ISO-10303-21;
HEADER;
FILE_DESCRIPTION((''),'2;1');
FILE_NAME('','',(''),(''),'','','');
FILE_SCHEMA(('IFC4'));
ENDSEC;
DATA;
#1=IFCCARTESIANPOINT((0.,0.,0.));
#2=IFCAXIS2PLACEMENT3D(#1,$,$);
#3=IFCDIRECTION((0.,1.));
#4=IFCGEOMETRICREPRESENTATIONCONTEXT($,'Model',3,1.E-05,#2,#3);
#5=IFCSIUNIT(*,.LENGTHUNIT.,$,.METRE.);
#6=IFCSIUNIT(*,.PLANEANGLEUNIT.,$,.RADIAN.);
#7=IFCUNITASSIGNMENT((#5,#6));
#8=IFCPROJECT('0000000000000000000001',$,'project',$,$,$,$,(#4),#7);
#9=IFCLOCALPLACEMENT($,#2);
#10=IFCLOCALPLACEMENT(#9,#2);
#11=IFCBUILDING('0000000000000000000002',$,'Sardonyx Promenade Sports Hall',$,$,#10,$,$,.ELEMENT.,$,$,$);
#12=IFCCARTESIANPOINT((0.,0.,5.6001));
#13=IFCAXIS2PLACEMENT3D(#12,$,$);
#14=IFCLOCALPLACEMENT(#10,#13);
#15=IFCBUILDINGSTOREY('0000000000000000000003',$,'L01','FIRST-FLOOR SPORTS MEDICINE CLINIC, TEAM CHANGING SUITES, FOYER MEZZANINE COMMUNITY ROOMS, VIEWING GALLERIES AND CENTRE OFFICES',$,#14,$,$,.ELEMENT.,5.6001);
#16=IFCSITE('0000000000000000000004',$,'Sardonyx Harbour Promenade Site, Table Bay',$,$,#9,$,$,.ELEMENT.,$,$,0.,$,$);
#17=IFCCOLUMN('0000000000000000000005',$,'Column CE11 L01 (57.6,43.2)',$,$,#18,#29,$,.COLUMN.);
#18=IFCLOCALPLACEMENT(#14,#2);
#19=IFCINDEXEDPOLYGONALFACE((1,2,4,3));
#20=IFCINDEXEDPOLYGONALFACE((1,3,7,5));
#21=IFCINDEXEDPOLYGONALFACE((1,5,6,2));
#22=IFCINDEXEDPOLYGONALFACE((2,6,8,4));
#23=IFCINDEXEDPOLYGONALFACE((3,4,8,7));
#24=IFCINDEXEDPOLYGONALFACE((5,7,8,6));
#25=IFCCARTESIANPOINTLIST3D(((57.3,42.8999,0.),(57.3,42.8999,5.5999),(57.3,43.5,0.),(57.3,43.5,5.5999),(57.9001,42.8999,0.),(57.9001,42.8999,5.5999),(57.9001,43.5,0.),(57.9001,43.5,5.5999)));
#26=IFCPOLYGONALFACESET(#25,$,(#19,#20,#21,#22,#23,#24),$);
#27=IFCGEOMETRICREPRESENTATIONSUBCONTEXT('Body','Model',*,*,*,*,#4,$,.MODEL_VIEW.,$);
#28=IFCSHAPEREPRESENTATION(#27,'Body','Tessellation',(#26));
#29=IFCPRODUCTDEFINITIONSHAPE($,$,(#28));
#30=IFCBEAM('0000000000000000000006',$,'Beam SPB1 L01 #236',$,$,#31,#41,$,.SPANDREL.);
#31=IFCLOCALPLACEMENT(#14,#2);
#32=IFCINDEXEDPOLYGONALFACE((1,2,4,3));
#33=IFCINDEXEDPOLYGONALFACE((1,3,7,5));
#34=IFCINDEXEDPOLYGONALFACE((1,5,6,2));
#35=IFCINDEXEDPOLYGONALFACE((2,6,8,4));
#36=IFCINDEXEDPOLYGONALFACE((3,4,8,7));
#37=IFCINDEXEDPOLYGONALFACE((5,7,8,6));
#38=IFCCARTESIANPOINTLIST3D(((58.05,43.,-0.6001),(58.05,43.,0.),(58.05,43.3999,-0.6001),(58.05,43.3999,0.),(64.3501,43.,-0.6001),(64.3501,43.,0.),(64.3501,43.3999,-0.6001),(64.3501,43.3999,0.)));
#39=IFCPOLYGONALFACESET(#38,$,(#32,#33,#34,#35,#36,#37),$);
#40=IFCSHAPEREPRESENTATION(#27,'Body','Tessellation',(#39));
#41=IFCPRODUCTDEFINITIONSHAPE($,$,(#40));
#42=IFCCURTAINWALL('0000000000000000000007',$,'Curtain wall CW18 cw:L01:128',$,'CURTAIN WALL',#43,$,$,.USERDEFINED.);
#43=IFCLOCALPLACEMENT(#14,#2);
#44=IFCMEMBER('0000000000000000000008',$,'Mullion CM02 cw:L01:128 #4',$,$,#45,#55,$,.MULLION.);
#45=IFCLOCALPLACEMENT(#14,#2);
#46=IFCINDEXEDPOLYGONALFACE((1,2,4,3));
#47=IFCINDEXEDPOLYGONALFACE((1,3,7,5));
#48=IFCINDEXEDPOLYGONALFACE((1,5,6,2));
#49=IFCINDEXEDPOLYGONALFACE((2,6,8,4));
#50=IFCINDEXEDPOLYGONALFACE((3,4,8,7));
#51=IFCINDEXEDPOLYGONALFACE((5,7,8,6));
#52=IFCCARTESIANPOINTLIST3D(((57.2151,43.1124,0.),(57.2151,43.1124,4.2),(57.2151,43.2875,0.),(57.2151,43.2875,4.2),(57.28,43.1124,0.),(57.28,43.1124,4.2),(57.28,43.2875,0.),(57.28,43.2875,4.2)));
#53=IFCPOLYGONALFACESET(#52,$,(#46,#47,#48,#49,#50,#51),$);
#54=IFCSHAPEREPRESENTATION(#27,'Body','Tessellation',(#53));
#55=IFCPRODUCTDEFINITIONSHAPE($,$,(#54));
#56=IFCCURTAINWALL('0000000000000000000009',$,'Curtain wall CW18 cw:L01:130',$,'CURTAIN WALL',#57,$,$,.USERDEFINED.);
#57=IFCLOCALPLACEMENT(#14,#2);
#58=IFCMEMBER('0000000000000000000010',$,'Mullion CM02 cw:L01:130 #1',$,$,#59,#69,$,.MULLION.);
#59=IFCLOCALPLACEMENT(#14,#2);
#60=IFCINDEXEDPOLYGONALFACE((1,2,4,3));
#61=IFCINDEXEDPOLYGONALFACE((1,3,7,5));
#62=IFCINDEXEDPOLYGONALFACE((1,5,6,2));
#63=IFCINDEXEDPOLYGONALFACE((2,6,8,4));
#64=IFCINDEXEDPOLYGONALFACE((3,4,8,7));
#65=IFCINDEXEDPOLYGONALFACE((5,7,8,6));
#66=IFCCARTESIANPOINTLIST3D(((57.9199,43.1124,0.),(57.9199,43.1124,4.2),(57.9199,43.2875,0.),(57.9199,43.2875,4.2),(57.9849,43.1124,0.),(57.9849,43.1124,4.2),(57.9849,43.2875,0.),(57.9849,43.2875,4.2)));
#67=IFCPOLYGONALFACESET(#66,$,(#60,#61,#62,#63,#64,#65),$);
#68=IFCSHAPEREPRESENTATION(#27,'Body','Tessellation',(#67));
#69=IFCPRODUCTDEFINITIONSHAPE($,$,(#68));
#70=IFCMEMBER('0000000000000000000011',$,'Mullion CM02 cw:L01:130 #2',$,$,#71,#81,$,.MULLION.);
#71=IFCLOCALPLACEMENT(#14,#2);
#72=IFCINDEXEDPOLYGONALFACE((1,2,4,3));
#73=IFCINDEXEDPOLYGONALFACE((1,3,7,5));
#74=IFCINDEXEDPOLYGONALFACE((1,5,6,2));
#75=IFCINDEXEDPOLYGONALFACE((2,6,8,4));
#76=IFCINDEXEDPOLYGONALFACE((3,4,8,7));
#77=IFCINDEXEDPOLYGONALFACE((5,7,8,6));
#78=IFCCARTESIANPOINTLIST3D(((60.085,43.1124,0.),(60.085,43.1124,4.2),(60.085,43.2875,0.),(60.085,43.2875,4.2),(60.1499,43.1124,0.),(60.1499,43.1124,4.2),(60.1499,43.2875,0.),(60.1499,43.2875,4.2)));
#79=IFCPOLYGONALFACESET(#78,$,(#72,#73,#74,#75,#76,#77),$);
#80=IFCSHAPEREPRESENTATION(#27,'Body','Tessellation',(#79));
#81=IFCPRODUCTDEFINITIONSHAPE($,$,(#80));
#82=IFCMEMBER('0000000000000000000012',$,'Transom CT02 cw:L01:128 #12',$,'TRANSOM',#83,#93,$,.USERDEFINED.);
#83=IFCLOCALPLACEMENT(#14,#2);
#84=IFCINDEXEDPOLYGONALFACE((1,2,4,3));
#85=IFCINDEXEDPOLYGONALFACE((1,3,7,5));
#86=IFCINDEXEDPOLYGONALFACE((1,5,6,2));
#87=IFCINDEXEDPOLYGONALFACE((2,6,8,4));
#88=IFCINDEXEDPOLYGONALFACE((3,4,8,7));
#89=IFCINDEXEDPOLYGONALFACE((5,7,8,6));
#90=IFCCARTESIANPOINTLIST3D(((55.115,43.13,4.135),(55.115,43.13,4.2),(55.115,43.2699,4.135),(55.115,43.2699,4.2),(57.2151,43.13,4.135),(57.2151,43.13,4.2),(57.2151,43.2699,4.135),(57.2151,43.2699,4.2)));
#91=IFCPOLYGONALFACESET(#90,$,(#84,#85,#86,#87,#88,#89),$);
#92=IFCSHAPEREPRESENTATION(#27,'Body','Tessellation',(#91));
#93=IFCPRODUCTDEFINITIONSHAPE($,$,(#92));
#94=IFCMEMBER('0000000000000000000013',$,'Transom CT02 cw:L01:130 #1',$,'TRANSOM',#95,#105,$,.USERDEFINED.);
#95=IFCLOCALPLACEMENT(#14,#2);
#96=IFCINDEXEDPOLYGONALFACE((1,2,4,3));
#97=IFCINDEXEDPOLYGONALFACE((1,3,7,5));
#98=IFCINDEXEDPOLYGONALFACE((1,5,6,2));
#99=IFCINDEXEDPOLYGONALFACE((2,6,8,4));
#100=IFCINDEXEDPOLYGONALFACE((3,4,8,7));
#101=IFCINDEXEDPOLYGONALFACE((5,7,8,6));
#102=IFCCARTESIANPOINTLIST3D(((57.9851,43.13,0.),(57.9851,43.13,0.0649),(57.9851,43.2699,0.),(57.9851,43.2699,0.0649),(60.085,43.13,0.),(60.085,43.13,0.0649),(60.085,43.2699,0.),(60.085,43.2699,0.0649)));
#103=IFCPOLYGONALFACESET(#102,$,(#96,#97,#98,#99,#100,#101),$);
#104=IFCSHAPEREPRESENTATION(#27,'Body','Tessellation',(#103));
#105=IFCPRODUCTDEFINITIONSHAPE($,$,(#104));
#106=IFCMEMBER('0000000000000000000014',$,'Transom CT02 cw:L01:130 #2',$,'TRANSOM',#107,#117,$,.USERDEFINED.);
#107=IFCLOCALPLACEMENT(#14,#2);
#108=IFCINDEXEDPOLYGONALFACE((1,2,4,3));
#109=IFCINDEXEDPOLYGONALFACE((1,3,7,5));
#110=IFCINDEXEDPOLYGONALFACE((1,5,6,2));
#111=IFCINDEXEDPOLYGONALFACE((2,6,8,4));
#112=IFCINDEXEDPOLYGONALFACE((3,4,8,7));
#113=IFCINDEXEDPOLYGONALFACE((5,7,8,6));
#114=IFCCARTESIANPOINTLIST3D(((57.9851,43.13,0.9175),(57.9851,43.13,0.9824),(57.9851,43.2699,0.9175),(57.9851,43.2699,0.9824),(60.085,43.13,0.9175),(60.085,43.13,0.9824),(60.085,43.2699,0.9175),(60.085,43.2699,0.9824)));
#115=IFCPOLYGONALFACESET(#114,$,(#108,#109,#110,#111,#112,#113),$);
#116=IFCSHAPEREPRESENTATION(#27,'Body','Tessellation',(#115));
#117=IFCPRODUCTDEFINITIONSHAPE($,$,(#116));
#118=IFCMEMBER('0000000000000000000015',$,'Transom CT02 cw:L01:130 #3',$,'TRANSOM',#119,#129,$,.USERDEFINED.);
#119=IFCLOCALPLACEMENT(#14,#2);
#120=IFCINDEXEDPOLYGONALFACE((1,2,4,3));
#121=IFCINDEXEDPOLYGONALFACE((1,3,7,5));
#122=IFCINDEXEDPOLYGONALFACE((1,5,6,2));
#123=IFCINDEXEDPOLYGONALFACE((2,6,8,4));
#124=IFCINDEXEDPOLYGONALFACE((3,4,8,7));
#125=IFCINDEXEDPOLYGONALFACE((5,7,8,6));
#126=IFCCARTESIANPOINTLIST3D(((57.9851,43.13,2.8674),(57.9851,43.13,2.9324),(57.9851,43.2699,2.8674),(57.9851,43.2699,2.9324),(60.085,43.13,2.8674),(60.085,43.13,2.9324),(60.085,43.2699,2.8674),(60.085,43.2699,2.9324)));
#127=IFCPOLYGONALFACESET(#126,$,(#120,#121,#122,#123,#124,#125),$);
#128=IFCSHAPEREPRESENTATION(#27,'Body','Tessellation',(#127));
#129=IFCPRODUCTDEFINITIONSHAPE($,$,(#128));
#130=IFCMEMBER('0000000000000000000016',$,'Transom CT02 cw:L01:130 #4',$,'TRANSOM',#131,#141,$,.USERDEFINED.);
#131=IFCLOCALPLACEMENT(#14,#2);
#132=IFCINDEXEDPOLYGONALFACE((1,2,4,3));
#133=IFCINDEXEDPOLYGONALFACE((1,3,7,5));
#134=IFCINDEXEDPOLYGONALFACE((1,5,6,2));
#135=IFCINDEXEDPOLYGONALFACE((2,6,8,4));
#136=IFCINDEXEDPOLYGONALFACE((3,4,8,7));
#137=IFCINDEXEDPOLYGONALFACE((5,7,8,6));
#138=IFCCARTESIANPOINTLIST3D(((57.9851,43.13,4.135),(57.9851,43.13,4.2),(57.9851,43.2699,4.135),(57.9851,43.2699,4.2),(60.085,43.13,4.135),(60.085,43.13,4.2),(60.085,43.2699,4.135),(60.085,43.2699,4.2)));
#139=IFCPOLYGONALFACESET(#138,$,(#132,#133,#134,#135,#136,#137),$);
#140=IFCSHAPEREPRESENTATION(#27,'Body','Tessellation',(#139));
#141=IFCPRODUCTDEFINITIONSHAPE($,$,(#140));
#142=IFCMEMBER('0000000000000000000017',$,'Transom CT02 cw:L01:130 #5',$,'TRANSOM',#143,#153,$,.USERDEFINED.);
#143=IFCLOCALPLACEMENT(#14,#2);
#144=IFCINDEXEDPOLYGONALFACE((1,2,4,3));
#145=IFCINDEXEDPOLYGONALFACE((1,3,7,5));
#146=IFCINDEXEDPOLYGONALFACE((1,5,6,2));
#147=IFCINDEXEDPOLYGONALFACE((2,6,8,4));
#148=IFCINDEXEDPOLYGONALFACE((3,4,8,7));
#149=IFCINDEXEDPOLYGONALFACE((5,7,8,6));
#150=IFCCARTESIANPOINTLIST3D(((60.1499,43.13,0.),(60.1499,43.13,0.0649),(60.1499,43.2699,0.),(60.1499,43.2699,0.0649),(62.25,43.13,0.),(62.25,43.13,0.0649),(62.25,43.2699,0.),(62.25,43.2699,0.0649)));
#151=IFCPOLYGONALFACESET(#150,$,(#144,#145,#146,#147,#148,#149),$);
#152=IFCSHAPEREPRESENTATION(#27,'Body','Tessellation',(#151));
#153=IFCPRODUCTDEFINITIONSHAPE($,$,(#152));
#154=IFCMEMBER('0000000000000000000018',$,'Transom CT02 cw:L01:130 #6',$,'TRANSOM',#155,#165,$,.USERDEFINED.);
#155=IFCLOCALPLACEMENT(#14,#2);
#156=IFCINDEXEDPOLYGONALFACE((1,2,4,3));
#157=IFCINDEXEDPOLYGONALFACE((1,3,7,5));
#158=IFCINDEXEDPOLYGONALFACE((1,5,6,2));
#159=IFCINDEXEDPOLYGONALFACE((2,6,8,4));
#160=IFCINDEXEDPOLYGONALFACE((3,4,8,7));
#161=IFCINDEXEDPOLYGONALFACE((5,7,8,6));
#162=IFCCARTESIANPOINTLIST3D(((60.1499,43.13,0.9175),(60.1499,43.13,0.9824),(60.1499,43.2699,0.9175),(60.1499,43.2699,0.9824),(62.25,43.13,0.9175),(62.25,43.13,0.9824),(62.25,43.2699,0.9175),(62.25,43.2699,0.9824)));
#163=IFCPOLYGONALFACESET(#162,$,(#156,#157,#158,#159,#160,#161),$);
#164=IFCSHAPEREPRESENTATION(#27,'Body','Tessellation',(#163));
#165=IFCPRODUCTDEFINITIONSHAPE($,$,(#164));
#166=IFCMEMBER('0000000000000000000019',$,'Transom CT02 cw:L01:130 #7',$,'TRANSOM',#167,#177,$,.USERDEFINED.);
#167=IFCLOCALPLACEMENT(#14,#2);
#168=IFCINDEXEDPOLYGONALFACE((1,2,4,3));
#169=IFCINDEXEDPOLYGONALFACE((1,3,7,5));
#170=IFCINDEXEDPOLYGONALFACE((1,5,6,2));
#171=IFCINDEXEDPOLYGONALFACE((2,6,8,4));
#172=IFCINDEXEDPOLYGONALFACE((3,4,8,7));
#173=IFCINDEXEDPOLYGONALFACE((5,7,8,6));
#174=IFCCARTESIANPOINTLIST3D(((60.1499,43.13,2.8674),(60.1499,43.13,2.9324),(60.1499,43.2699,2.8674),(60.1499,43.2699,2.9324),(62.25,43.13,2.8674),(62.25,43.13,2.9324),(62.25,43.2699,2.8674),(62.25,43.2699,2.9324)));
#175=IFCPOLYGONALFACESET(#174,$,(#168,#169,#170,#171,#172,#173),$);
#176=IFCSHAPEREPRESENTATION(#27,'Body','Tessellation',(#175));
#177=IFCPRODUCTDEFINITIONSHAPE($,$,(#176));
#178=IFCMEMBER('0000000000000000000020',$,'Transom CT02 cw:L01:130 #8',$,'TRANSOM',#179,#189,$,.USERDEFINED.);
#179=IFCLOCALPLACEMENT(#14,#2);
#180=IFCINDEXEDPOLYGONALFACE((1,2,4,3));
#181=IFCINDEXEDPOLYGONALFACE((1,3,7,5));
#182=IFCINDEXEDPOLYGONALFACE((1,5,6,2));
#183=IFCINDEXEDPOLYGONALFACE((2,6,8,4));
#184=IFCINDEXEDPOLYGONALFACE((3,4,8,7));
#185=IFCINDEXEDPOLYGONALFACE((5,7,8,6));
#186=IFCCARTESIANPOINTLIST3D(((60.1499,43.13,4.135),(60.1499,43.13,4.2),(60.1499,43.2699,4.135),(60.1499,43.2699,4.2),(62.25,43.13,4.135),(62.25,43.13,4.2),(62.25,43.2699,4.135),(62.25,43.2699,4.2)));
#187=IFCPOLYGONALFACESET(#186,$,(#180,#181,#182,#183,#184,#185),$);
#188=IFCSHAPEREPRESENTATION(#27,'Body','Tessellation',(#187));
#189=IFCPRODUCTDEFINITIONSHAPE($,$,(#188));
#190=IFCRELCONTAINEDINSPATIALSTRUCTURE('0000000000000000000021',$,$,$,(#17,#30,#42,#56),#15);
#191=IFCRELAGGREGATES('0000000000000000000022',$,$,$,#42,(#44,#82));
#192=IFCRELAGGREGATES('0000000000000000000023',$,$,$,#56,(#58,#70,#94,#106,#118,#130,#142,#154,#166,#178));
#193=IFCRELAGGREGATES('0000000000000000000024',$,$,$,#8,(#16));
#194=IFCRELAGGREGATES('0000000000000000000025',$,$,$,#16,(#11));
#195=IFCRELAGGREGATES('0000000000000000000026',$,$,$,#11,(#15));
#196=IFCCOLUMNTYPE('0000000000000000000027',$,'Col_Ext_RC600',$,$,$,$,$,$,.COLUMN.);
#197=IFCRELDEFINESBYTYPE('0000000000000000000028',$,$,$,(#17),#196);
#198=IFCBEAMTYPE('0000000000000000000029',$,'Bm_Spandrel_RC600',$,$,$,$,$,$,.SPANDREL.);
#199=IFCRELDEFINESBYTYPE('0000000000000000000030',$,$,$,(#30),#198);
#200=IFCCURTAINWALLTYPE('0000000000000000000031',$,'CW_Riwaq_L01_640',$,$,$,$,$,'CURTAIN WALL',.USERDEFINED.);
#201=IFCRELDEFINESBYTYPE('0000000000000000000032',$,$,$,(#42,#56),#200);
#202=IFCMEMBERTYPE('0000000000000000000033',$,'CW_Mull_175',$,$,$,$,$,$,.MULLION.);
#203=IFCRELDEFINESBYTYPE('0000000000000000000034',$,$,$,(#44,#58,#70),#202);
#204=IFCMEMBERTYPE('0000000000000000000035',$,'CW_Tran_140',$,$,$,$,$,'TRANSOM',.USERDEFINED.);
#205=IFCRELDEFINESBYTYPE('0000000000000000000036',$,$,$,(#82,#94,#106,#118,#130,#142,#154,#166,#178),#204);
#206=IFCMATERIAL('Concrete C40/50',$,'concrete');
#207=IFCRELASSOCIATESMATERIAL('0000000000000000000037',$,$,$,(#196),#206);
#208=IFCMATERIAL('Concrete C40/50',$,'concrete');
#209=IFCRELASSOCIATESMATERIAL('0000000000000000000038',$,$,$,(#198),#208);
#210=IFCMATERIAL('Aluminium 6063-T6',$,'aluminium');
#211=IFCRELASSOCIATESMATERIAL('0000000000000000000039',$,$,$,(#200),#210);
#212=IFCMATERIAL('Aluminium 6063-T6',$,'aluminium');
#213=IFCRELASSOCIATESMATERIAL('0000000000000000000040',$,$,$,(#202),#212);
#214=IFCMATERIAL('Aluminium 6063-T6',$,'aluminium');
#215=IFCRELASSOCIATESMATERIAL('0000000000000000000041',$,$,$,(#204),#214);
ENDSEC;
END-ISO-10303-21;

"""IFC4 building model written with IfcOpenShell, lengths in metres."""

from ifc_helpers import new_model, si_unit, direction, frame, origin, origin_2d, place, context, subcontext, project, spatial, rectangle, extrude, material, material_profile, profile_set, type_object, element, aggregate, save


model = new_model("IFC4")

# Units and contexts
model_context = context("Model", 3, precision=1e-05, world=origin(), true_north=direction((0.0, 1.0)))
body_context = subcontext(model_context, "Body", "Model", "MODEL_VIEW")
ifc_project = project(units=[si_unit("LENGTHUNIT", "METRE"), si_unit("PLANEANGLEUNIT", "RADIAN")], contexts=[model_context])

# Site, building, storey
site_placement = place(None, origin())
site = spatial("IfcSite", under=ifc_project, at=site_placement, Name="Sardonyx Harbour Promenade Site, Table Bay", CompositionType="ELEMENT", RefElevation=0.0)
building_placement = place(site_placement, origin())
building = spatial("IfcBuilding", under=site, at=building_placement, Name="Sardonyx Promenade Sports Hall", CompositionType="ELEMENT")
storey_placement = place(building_placement, frame((0.0, 0.0, 5.6001)))
storey = spatial("IfcBuildingStorey", under=building, at=storey_placement, Name="L01", Description="FIRST-FLOOR SPORTS MEDICINE CLINIC, TEAM CHANGING SUITES, FOYER MEZZANINE COMMUNITY ROOMS, VIEWING GALLERIES AND CENTRE OFFICES", CompositionType="ELEMENT", Elevation=5.6001)

# Column
ifc_material_1 = material(Name="Concrete C40/50", Category="concrete")
ifc_material_profile_1 = material_profile(ifc_material_1, rectangle(XDim=0.6001, YDim=0.6001, at=origin_2d()))
ifc_profile_set_1 = profile_set([ifc_material_profile_1], Name="Concrete C40/50")
column_type = type_object("IfcColumnType", Name="Col_Ext_RC600", PredefinedType="COLUMN", material=ifc_profile_set_1)
column_placement = place(storey_placement, frame((57.6001, 43.2, 0.0), z_axis=(0.0, 0.0, 1.0), x_axis=(1.0, 0.0, 0.0)))
element("IfcColumn", 1, at=column_placement, inside=storey, type_object=column_type, Name="Column CE11 L01 (57.6,43.2)", PredefinedType="COLUMN", context=body_context, shape_type="SweptSolid", body=[
    extrude(rectangle(XDim=0.6001, YDim=0.6001, at=origin_2d()), origin(), (0.0, 0.0, 1.0), 5.5999),
])

# Beam
ifc_material_2 = material(Name="Concrete C40/50", Category="concrete")
ifc_material_profile_2 = material_profile(ifc_material_2, rectangle(XDim=0.3999, YDim=0.6001, at=origin_2d()))
ifc_profile_set_2 = profile_set([ifc_material_profile_2], Name="Concrete C40/50")
beam_type = type_object("IfcBeamType", Name="Bm_Spandrel_RC600", PredefinedType="SPANDREL", material=ifc_profile_set_2)
beam_placement = place(storey_placement, frame((58.05, 43.2, -0.3), z_axis=(1.0, 0.0, 0.0), x_axis=(0.0, 1.0, 0.0)))
element("IfcBeam", 2, at=beam_placement, inside=storey, type_object=beam_type, Name="Beam SPB1 L01 #236", PredefinedType="SPANDREL", context=body_context, shape_type="SweptSolid", body=[
    extrude(rectangle(XDim=0.3999, YDim=0.6001, at=origin_2d()), origin(), (0.0, 0.0, 1.0), 6.3),
])

# Curtain wall, member
ifc_material_3 = material(Name="Aluminium 6063-T6", Category="aluminium")
curtain_wall_type = type_object("IfcCurtainWallType", Name="CW_Riwaq_L01_640", ElementType="CURTAIN WALL", PredefinedType="USERDEFINED", material=ifc_material_3)
curtain_wall_1_placement = place(storey_placement, origin())
curtain_wall_1 = element("IfcCurtainWall", 3, at=curtain_wall_1_placement, inside=storey, type_object=curtain_wall_type, Name="Curtain wall CW18 cw:L01:128", ObjectType="CURTAIN WALL", PredefinedType="USERDEFINED")
ifc_material_4 = material(Name="Aluminium 6063-T6", Category="aluminium")
ifc_material_profile_3 = material_profile(ifc_material_4, rectangle(XDim=0.0649, YDim=0.175, at=origin_2d()))
ifc_profile_set_3 = profile_set([ifc_material_profile_3], Name="Aluminium 6063-T6")
member_type_1 = type_object("IfcMemberType", Name="CW_Mull_175", PredefinedType="MULLION", material=ifc_profile_set_3)
member_1_placement = place(storey_placement, frame((57.2476, 43.2, 0.0), z_axis=(0.0, 0.0, 1.0), x_axis=(1.0, 0.0, 0.0)))
member_1 = element("IfcMember", 4, at=member_1_placement, type_object=member_type_1, Name="Mullion CM02 cw:L01:128 #4", PredefinedType="MULLION", context=body_context, shape_type="SweptSolid", body=[
    extrude(rectangle(XDim=0.0649, YDim=0.175, at=origin_2d()), origin(), (0.0, 0.0, 1.0), 4.2),
])

# Curtain wall, members
curtain_wall_2_placement = place(storey_placement, origin())
curtain_wall_2 = element("IfcCurtainWall", 5, at=curtain_wall_2_placement, inside=storey, type_object=curtain_wall_type, Name="Curtain wall CW18 cw:L01:130", ObjectType="CURTAIN WALL", PredefinedType="USERDEFINED")
member_2_placement = place(storey_placement, frame((57.9524, 43.2, 0.0), z_axis=(0.0, 0.0, 1.0), x_axis=(1.0, 0.0, 0.0)))
member_2 = element("IfcMember", 6, at=member_2_placement, type_object=member_type_1, Name="Mullion CM02 cw:L01:130 #1", PredefinedType="MULLION", context=body_context, shape_type="SweptSolid", body=[
    extrude(rectangle(XDim=0.0649, YDim=0.175, at=origin_2d()), origin(), (0.0, 0.0, 1.0), 4.2),
])
member_3_placement = place(storey_placement, frame((60.1174, 43.2, 0.0), z_axis=(0.0, 0.0, 1.0), x_axis=(1.0, 0.0, 0.0)))
member_3 = element("IfcMember", 7, at=member_3_placement, type_object=member_type_1, Name="Mullion CM02 cw:L01:130 #2", PredefinedType="MULLION", context=body_context, shape_type="SweptSolid", body=[
    extrude(rectangle(XDim=0.0649, YDim=0.175, at=origin_2d()), origin(), (0.0, 0.0, 1.0), 4.2),
])

# Members
ifc_material_5 = material(Name="Aluminium 6063-T6", Category="aluminium")
ifc_material_profile_4 = material_profile(ifc_material_5, rectangle(XDim=0.0649, YDim=0.1399, at=origin_2d()))
ifc_profile_set_4 = profile_set([ifc_material_profile_4], Name="Aluminium 6063-T6")
member_type_2 = type_object("IfcMemberType", Name="CW_Tran_140", ElementType="TRANSOM", PredefinedType="USERDEFINED", material=ifc_profile_set_4)
member_4_placement = place(storey_placement, frame((55.115, 43.2, 4.1675), z_axis=(1.0, 0.0, 0.0), x_axis=(0.0, 0.0, 1.0)))
member_4 = element("IfcMember", 8, at=member_4_placement, type_object=member_type_2, Name="Transom CT02 cw:L01:128 #12", ObjectType="TRANSOM", PredefinedType="USERDEFINED", context=body_context, shape_type="SweptSolid", body=[
    extrude(rectangle(XDim=0.0649, YDim=0.1399, at=origin_2d()), origin(), (0.0, 0.0, 1.0), 2.1001),
])
member_5_placement = place(storey_placement, frame((57.9851, 43.2, 0.0325), z_axis=(1.0, 0.0, 0.0), x_axis=(0.0, 0.0, 1.0)))
member_5 = element("IfcMember", 9, at=member_5_placement, type_object=member_type_2, Name="Transom CT02 cw:L01:130 #1", ObjectType="TRANSOM", PredefinedType="USERDEFINED", context=body_context, shape_type="SweptSolid", body=[
    extrude(rectangle(XDim=0.0649, YDim=0.1399, at=origin_2d()), origin(), (0.0, 0.0, 1.0), 2.0999),
])
member_6_placement = place(storey_placement, frame((57.9851, 43.2, 0.95), z_axis=(1.0, 0.0, 0.0), x_axis=(0.0, 0.0, 1.0)))
member_6 = element("IfcMember", 10, at=member_6_placement, type_object=member_type_2, Name="Transom CT02 cw:L01:130 #2", ObjectType="TRANSOM", PredefinedType="USERDEFINED", context=body_context, shape_type="SweptSolid", body=[
    extrude(rectangle(XDim=0.0649, YDim=0.1399, at=origin_2d()), origin(), (0.0, 0.0, 1.0), 2.0999),
])
member_7_placement = place(storey_placement, frame((57.9851, 43.2, 2.8999), z_axis=(1.0, 0.0, 0.0), x_axis=(0.0, 0.0, 1.0)))
member_7 = element("IfcMember", 11, at=member_7_placement, type_object=member_type_2, Name="Transom CT02 cw:L01:130 #3", ObjectType="TRANSOM", PredefinedType="USERDEFINED", context=body_context, shape_type="SweptSolid", body=[
    extrude(rectangle(XDim=0.0649, YDim=0.1399, at=origin_2d()), origin(), (0.0, 0.0, 1.0), 2.0999),
])
member_8_placement = place(storey_placement, frame((57.9851, 43.2, 4.1675), z_axis=(1.0, 0.0, 0.0), x_axis=(0.0, 0.0, 1.0)))
member_8 = element("IfcMember", 12, at=member_8_placement, type_object=member_type_2, Name="Transom CT02 cw:L01:130 #4", ObjectType="TRANSOM", PredefinedType="USERDEFINED", context=body_context, shape_type="SweptSolid", body=[
    extrude(rectangle(XDim=0.0649, YDim=0.1399, at=origin_2d()), origin(), (0.0, 0.0, 1.0), 2.0999),
])
member_9_placement = place(storey_placement, frame((60.1499, 43.2, 0.0325), z_axis=(1.0, 0.0, 0.0), x_axis=(0.0, 0.0, 1.0)))
member_9 = element("IfcMember", 13, at=member_9_placement, type_object=member_type_2, Name="Transom CT02 cw:L01:130 #5", ObjectType="TRANSOM", PredefinedType="USERDEFINED", context=body_context, shape_type="SweptSolid", body=[
    extrude(rectangle(XDim=0.0649, YDim=0.1399, at=origin_2d()), origin(), (0.0, 0.0, 1.0), 2.1001),
])
member_10_placement = place(storey_placement, frame((60.1499, 43.2, 0.95), z_axis=(1.0, 0.0, 0.0), x_axis=(0.0, 0.0, 1.0)))
member_10 = element("IfcMember", 14, at=member_10_placement, type_object=member_type_2, Name="Transom CT02 cw:L01:130 #6", ObjectType="TRANSOM", PredefinedType="USERDEFINED", context=body_context, shape_type="SweptSolid", body=[
    extrude(rectangle(XDim=0.0649, YDim=0.1399, at=origin_2d()), origin(), (0.0, 0.0, 1.0), 2.1001),
])
member_11_placement = place(storey_placement, frame((60.1499, 43.2, 2.8999), z_axis=(1.0, 0.0, 0.0), x_axis=(0.0, 0.0, 1.0)))
member_11 = element("IfcMember", 15, at=member_11_placement, type_object=member_type_2, Name="Transom CT02 cw:L01:130 #7", ObjectType="TRANSOM", PredefinedType="USERDEFINED", context=body_context, shape_type="SweptSolid", body=[
    extrude(rectangle(XDim=0.0649, YDim=0.1399, at=origin_2d()), origin(), (0.0, 0.0, 1.0), 2.1001),
])
member_12_placement = place(storey_placement, frame((60.1499, 43.2, 4.1675), z_axis=(1.0, 0.0, 0.0), x_axis=(0.0, 0.0, 1.0)))
member_12 = element("IfcMember", 16, at=member_12_placement, type_object=member_type_2, Name="Transom CT02 cw:L01:130 #8", ObjectType="TRANSOM", PredefinedType="USERDEFINED", context=body_context, shape_type="SweptSolid", body=[
    extrude(rectangle(XDim=0.0649, YDim=0.1399, at=origin_2d()), origin(), (0.0, 0.0, 1.0), 2.1001),
])

aggregate(curtain_wall_1, [member_1, member_4])
aggregate(curtain_wall_2, [member_2, member_3, member_5, member_6, member_7, member_8, member_9, member_10, member_11, member_12])

save(model, "model.ifc")
